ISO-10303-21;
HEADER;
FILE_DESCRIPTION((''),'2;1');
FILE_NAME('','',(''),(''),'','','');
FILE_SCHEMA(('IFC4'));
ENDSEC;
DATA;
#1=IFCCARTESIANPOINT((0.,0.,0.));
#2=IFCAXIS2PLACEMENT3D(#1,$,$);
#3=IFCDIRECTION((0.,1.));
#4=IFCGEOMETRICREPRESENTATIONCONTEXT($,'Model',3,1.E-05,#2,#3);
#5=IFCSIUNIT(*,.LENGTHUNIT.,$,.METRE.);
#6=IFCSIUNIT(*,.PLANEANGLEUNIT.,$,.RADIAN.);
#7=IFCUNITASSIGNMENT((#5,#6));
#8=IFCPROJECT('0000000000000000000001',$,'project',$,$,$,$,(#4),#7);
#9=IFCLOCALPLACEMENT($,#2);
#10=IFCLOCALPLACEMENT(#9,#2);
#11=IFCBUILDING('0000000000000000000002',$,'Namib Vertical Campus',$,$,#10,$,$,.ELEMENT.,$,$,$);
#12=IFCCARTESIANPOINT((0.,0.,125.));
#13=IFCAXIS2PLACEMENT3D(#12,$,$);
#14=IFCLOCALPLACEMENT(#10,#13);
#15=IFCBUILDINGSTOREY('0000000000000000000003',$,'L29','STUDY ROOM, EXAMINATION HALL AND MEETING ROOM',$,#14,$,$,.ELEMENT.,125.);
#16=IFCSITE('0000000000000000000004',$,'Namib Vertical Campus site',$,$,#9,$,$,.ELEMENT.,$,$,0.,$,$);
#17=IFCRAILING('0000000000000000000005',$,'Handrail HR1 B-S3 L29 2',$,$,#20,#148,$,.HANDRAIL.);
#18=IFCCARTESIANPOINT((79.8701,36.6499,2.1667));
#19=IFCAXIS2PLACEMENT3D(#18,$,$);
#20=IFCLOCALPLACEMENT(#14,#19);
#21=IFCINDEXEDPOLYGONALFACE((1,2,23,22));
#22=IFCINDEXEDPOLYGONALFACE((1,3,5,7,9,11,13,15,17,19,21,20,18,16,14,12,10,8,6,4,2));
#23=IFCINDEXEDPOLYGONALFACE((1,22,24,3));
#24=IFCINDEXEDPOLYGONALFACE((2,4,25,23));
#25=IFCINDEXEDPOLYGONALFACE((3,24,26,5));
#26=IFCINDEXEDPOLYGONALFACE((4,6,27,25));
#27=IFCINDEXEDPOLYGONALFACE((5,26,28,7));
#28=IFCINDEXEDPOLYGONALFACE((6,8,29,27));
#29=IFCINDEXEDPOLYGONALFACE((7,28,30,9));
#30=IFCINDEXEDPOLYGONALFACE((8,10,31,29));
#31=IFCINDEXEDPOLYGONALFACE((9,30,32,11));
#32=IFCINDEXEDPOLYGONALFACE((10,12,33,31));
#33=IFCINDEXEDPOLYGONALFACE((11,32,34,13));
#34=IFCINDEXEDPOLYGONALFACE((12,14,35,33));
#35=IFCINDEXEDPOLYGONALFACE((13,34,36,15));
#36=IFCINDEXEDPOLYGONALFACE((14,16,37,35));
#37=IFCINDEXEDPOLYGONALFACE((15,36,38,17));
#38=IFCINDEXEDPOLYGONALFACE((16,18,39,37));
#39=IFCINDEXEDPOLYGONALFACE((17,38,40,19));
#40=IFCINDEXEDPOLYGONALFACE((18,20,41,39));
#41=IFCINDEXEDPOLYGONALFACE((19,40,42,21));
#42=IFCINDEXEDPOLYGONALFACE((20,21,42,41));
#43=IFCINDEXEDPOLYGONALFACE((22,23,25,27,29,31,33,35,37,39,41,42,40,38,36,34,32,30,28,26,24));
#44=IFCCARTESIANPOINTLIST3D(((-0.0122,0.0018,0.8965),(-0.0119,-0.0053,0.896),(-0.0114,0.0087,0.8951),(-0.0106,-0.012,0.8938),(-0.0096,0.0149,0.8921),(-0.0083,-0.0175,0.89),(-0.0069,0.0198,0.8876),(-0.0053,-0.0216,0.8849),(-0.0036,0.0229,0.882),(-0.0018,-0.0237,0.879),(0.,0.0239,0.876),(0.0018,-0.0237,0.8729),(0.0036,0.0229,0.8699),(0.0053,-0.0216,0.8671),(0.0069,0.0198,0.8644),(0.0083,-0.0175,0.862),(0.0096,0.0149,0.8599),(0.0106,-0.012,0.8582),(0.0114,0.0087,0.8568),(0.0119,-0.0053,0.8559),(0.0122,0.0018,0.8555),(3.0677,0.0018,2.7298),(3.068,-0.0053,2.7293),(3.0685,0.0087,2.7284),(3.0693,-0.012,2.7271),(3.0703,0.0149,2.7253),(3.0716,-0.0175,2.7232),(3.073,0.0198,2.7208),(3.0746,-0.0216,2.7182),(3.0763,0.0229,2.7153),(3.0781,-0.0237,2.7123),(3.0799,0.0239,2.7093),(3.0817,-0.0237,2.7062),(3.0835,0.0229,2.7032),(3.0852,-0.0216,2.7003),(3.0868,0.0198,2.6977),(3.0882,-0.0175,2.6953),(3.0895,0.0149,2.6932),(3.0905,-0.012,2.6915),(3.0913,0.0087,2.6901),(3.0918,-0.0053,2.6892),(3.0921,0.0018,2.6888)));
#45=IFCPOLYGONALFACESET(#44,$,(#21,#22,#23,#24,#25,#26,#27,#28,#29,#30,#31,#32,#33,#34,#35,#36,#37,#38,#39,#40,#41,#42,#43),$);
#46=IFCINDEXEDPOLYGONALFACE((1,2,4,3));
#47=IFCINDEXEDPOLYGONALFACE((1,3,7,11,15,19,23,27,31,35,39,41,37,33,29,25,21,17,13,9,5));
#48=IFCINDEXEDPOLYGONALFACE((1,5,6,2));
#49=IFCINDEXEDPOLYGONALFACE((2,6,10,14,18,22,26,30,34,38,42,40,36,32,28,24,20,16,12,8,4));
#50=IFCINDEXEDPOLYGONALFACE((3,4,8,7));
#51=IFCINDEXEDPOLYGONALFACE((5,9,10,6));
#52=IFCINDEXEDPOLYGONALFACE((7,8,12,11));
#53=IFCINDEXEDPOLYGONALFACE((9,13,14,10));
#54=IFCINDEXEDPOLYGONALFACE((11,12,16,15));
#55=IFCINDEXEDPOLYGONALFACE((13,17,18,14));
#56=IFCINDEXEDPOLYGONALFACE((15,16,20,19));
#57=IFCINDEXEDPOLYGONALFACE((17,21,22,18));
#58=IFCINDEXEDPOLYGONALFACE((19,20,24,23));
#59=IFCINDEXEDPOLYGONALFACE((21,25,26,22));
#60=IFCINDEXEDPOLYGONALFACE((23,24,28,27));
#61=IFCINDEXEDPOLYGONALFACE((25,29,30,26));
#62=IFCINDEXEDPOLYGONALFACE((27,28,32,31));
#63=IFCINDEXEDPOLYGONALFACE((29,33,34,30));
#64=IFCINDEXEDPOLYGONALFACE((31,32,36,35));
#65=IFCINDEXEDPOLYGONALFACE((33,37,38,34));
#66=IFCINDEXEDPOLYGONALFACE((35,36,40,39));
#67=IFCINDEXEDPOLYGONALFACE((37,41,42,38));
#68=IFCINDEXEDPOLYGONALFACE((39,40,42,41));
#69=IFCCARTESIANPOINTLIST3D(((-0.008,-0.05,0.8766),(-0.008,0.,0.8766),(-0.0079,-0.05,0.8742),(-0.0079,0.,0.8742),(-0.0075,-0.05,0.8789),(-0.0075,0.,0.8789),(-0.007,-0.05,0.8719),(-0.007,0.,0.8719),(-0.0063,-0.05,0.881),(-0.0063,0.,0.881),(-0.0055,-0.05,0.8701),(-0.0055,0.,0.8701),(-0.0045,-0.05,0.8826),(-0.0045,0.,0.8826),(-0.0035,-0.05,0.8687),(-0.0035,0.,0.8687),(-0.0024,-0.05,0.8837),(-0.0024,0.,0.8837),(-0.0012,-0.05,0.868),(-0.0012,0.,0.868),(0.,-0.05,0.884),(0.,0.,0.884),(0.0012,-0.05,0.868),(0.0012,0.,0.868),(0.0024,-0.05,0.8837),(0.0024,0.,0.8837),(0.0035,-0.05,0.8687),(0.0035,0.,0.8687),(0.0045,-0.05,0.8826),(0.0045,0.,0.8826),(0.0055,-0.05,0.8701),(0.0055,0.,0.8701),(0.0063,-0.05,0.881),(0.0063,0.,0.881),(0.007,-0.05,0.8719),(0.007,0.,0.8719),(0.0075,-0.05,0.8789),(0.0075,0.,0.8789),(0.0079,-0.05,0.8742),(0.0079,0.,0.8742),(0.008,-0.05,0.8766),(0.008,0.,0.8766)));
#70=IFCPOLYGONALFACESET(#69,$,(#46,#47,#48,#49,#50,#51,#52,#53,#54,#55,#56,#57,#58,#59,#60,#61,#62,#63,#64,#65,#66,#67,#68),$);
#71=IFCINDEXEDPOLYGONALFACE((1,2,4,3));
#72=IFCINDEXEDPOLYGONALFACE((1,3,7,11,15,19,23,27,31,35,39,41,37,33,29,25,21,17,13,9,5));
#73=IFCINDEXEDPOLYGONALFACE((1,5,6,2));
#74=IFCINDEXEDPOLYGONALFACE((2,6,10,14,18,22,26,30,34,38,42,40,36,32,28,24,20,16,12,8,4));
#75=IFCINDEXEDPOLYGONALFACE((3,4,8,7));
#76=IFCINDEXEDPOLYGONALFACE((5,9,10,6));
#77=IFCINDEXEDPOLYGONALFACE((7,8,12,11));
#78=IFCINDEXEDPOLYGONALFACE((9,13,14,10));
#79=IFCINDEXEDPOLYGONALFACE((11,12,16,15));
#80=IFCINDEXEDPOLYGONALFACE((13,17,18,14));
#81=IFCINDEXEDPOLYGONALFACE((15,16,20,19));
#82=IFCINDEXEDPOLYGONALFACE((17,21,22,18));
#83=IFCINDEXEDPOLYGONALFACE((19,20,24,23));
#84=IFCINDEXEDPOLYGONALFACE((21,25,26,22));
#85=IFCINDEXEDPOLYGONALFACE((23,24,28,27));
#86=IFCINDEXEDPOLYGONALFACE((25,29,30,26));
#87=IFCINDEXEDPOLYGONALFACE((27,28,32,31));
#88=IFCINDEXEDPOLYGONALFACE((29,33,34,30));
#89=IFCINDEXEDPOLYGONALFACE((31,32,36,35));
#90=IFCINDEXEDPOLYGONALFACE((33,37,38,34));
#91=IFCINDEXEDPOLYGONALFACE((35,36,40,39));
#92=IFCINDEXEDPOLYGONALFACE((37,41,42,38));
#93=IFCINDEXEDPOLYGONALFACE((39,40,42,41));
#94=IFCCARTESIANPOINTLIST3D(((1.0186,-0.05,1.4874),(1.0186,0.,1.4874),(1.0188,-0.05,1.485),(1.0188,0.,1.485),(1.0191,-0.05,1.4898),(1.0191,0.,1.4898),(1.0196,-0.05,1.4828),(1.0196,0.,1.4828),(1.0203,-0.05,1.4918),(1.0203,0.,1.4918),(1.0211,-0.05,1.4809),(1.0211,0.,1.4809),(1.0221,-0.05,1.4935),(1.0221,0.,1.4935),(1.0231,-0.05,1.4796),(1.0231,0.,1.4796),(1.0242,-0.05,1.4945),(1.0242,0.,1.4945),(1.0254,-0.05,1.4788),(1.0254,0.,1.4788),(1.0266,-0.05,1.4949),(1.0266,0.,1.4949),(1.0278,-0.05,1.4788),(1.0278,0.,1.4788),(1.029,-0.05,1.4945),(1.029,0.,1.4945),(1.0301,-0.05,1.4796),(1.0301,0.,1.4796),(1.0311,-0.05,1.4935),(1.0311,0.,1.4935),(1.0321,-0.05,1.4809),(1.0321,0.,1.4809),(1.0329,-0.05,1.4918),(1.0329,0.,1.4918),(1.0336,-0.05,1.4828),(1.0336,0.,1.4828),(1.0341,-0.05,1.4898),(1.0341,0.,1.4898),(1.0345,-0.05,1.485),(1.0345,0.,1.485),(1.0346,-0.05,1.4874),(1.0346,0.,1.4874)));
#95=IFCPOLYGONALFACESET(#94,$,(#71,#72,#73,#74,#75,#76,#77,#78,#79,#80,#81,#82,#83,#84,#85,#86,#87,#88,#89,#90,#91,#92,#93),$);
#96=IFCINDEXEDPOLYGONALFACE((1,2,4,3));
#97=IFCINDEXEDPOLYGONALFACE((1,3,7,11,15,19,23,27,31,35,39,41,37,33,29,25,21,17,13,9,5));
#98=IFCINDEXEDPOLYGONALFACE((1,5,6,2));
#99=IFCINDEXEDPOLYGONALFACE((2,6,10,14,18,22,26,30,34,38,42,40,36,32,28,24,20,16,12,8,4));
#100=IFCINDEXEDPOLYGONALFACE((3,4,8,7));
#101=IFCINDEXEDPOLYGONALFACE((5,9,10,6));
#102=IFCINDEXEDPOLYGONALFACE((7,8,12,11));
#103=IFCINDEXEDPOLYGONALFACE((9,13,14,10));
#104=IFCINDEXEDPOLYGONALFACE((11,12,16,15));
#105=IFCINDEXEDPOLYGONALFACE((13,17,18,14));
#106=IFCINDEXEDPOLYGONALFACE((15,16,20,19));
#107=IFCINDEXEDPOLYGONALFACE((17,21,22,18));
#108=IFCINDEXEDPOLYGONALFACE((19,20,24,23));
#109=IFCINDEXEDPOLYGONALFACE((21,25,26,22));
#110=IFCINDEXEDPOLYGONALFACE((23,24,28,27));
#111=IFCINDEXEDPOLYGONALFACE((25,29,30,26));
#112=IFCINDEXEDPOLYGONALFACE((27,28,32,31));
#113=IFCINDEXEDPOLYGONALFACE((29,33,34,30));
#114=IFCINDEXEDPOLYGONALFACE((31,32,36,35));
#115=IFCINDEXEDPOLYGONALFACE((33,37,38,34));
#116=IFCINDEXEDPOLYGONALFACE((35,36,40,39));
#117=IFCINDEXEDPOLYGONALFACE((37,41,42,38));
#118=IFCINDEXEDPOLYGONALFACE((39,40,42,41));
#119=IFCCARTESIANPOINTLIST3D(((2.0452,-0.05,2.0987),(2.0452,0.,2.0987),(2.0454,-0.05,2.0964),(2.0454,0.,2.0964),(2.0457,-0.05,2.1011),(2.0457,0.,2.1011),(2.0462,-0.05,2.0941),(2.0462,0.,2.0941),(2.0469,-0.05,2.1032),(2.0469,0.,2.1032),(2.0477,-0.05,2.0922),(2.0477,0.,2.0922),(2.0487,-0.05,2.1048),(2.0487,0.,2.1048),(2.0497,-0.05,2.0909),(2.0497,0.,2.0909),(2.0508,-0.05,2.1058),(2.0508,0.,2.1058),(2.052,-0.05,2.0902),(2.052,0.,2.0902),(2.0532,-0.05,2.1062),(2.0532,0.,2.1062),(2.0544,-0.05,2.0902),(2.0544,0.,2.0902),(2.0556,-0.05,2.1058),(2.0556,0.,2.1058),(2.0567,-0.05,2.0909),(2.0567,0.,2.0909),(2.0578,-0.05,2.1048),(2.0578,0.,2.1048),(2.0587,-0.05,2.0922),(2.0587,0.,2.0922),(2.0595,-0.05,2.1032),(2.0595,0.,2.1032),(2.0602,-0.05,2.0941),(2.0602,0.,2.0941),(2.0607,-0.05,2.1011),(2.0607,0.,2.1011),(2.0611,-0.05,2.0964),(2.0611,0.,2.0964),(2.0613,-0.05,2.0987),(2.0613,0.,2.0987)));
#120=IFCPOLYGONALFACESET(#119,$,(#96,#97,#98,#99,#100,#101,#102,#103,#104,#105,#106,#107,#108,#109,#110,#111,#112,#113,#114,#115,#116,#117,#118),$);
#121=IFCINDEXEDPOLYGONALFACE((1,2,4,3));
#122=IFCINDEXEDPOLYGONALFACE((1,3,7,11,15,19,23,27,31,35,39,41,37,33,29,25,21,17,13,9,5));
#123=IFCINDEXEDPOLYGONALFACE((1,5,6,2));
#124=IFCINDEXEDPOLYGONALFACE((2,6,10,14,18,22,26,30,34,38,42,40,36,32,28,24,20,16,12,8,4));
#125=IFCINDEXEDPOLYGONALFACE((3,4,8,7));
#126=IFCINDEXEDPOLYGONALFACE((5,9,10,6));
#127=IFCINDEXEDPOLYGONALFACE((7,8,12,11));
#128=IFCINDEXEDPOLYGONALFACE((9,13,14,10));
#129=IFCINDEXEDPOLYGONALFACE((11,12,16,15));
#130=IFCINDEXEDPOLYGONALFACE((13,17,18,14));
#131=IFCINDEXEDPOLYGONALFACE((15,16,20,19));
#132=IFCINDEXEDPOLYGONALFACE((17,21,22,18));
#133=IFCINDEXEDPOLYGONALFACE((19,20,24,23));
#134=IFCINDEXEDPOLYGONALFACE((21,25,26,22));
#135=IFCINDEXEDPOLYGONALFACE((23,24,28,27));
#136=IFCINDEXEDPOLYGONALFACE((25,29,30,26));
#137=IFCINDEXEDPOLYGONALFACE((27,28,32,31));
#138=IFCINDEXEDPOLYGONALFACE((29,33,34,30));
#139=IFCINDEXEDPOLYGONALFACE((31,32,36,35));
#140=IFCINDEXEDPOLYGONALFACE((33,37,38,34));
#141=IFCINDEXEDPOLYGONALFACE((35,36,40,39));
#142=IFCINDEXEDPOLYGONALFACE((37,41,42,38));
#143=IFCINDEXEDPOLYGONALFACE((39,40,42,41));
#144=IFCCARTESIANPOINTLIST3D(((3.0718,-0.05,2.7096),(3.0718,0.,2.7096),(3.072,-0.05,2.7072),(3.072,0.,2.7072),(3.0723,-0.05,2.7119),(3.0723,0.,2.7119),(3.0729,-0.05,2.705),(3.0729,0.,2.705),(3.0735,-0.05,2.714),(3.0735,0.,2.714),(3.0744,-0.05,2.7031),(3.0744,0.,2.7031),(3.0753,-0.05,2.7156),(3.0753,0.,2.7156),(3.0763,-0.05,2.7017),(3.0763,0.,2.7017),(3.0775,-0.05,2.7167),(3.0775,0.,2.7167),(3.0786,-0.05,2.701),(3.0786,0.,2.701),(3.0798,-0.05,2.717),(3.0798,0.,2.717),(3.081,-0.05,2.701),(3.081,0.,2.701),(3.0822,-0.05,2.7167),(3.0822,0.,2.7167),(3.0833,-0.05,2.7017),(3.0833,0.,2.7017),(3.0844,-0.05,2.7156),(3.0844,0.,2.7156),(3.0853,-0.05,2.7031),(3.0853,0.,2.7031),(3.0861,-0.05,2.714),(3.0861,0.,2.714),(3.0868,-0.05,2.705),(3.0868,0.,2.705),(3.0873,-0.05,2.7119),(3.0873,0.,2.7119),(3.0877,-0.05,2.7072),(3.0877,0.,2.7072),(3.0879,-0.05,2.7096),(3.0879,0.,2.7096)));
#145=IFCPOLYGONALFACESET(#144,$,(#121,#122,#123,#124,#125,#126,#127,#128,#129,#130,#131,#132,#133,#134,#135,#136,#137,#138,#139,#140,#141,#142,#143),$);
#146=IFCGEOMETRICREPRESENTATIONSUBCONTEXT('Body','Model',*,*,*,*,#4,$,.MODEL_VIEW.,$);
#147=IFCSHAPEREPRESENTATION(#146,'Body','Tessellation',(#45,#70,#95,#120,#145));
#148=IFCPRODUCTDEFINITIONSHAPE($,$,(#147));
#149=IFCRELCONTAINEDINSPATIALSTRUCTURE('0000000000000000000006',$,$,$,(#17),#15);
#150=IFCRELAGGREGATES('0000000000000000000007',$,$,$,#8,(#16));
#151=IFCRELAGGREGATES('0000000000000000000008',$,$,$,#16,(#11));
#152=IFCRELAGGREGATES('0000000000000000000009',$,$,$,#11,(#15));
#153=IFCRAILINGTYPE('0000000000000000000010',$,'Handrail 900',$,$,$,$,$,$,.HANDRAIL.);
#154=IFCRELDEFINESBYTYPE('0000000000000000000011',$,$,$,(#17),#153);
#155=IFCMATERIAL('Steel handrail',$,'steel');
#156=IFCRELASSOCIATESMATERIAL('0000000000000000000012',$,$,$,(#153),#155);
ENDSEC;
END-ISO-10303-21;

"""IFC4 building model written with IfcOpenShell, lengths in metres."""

from ifc_helpers import new_model, si_unit, direction, frame, origin, origin_2d, place, context, subcontext, project, spatial, circle, extrude, material, type_object, element, save


model = new_model("IFC4")

# Units and contexts
model_context = context("Model", 3, precision=1e-05, world=origin(), true_north=direction((0.0, 1.0)))
body_context = subcontext(model_context, "Body", "Model", "MODEL_VIEW")
ifc_project = project(units=[si_unit("LENGTHUNIT", "METRE"), si_unit("PLANEANGLEUNIT", "RADIAN")], contexts=[model_context])

# Site, building, storey
site_placement = place(None, origin())
site = spatial("IfcSite", under=ifc_project, at=site_placement, Name="Namib Vertical Campus site", CompositionType="ELEMENT", RefElevation=0.0)
building_placement = place(site_placement, origin())
building = spatial("IfcBuilding", under=site, at=building_placement, Name="Namib Vertical Campus", CompositionType="ELEMENT")
storey_placement = place(building_placement, frame((0.0, 0.0, 125.0)))
storey = spatial("IfcBuildingStorey", under=building, at=storey_placement, Name="L29", Description="STUDY ROOM, EXAMINATION HALL AND MEETING ROOM", CompositionType="ELEMENT", Elevation=125.0)

# Railing
ifc_material_1 = material(Name="Steel handrail", Category="steel")
railing_type_1 = type_object("IfcRailingType", Name="Handrail 900", PredefinedType="HANDRAIL", material=ifc_material_1)
railing_1_placement = place(storey_placement, frame((79.8701, 36.6499, 2.1667)))
element("IfcRailing", 1, at=railing_1_placement, inside=storey, type_object=railing_type_1, Name="Handrail HR1 B-S3 L29 2", PredefinedType="HANDRAIL", context=body_context, shape_type="SweptSolid", body=[
    extrude(circle(Radius=0.0239, at=origin_2d()), frame((0.0, 0.0, 0.876), z_axis=(0.859291, 0.0, 0.511487), x_axis=(0.0, 1.0, 0.0)), (0.0, 0.0, 1.0), 3.5842),
    extrude(circle(Radius=0.0081, at=origin_2d()), frame((0.0, 0.0, 0.876), z_axis=(0.0, -1.0, 0.0), x_axis=(0.0, 0.0, 1.0)), (0.0, 0.0, 1.0), 0.05),
    extrude(circle(Radius=0.0081, at=origin_2d()), frame((1.0266, 0.0, 1.4868), z_axis=(0.0, -1.0, 0.0), x_axis=(0.0, 0.0, 1.0)), (0.0, 0.0, 1.0), 0.05),
    extrude(circle(Radius=0.0081, at=origin_2d()), frame((2.0532, 0.0, 2.0981), z_axis=(0.0, -1.0, 0.0), x_axis=(0.0, 0.0, 1.0)), (0.0, 0.0, 1.0), 0.05),
    extrude(circle(Radius=0.0081, at=origin_2d()), frame((3.0798, 0.0, 2.709), z_axis=(0.0, -1.0, 0.0), x_axis=(0.0, 0.0, 1.0)), (0.0, 0.0, 1.0), 0.05),
])

save(model, "model.ifc")
